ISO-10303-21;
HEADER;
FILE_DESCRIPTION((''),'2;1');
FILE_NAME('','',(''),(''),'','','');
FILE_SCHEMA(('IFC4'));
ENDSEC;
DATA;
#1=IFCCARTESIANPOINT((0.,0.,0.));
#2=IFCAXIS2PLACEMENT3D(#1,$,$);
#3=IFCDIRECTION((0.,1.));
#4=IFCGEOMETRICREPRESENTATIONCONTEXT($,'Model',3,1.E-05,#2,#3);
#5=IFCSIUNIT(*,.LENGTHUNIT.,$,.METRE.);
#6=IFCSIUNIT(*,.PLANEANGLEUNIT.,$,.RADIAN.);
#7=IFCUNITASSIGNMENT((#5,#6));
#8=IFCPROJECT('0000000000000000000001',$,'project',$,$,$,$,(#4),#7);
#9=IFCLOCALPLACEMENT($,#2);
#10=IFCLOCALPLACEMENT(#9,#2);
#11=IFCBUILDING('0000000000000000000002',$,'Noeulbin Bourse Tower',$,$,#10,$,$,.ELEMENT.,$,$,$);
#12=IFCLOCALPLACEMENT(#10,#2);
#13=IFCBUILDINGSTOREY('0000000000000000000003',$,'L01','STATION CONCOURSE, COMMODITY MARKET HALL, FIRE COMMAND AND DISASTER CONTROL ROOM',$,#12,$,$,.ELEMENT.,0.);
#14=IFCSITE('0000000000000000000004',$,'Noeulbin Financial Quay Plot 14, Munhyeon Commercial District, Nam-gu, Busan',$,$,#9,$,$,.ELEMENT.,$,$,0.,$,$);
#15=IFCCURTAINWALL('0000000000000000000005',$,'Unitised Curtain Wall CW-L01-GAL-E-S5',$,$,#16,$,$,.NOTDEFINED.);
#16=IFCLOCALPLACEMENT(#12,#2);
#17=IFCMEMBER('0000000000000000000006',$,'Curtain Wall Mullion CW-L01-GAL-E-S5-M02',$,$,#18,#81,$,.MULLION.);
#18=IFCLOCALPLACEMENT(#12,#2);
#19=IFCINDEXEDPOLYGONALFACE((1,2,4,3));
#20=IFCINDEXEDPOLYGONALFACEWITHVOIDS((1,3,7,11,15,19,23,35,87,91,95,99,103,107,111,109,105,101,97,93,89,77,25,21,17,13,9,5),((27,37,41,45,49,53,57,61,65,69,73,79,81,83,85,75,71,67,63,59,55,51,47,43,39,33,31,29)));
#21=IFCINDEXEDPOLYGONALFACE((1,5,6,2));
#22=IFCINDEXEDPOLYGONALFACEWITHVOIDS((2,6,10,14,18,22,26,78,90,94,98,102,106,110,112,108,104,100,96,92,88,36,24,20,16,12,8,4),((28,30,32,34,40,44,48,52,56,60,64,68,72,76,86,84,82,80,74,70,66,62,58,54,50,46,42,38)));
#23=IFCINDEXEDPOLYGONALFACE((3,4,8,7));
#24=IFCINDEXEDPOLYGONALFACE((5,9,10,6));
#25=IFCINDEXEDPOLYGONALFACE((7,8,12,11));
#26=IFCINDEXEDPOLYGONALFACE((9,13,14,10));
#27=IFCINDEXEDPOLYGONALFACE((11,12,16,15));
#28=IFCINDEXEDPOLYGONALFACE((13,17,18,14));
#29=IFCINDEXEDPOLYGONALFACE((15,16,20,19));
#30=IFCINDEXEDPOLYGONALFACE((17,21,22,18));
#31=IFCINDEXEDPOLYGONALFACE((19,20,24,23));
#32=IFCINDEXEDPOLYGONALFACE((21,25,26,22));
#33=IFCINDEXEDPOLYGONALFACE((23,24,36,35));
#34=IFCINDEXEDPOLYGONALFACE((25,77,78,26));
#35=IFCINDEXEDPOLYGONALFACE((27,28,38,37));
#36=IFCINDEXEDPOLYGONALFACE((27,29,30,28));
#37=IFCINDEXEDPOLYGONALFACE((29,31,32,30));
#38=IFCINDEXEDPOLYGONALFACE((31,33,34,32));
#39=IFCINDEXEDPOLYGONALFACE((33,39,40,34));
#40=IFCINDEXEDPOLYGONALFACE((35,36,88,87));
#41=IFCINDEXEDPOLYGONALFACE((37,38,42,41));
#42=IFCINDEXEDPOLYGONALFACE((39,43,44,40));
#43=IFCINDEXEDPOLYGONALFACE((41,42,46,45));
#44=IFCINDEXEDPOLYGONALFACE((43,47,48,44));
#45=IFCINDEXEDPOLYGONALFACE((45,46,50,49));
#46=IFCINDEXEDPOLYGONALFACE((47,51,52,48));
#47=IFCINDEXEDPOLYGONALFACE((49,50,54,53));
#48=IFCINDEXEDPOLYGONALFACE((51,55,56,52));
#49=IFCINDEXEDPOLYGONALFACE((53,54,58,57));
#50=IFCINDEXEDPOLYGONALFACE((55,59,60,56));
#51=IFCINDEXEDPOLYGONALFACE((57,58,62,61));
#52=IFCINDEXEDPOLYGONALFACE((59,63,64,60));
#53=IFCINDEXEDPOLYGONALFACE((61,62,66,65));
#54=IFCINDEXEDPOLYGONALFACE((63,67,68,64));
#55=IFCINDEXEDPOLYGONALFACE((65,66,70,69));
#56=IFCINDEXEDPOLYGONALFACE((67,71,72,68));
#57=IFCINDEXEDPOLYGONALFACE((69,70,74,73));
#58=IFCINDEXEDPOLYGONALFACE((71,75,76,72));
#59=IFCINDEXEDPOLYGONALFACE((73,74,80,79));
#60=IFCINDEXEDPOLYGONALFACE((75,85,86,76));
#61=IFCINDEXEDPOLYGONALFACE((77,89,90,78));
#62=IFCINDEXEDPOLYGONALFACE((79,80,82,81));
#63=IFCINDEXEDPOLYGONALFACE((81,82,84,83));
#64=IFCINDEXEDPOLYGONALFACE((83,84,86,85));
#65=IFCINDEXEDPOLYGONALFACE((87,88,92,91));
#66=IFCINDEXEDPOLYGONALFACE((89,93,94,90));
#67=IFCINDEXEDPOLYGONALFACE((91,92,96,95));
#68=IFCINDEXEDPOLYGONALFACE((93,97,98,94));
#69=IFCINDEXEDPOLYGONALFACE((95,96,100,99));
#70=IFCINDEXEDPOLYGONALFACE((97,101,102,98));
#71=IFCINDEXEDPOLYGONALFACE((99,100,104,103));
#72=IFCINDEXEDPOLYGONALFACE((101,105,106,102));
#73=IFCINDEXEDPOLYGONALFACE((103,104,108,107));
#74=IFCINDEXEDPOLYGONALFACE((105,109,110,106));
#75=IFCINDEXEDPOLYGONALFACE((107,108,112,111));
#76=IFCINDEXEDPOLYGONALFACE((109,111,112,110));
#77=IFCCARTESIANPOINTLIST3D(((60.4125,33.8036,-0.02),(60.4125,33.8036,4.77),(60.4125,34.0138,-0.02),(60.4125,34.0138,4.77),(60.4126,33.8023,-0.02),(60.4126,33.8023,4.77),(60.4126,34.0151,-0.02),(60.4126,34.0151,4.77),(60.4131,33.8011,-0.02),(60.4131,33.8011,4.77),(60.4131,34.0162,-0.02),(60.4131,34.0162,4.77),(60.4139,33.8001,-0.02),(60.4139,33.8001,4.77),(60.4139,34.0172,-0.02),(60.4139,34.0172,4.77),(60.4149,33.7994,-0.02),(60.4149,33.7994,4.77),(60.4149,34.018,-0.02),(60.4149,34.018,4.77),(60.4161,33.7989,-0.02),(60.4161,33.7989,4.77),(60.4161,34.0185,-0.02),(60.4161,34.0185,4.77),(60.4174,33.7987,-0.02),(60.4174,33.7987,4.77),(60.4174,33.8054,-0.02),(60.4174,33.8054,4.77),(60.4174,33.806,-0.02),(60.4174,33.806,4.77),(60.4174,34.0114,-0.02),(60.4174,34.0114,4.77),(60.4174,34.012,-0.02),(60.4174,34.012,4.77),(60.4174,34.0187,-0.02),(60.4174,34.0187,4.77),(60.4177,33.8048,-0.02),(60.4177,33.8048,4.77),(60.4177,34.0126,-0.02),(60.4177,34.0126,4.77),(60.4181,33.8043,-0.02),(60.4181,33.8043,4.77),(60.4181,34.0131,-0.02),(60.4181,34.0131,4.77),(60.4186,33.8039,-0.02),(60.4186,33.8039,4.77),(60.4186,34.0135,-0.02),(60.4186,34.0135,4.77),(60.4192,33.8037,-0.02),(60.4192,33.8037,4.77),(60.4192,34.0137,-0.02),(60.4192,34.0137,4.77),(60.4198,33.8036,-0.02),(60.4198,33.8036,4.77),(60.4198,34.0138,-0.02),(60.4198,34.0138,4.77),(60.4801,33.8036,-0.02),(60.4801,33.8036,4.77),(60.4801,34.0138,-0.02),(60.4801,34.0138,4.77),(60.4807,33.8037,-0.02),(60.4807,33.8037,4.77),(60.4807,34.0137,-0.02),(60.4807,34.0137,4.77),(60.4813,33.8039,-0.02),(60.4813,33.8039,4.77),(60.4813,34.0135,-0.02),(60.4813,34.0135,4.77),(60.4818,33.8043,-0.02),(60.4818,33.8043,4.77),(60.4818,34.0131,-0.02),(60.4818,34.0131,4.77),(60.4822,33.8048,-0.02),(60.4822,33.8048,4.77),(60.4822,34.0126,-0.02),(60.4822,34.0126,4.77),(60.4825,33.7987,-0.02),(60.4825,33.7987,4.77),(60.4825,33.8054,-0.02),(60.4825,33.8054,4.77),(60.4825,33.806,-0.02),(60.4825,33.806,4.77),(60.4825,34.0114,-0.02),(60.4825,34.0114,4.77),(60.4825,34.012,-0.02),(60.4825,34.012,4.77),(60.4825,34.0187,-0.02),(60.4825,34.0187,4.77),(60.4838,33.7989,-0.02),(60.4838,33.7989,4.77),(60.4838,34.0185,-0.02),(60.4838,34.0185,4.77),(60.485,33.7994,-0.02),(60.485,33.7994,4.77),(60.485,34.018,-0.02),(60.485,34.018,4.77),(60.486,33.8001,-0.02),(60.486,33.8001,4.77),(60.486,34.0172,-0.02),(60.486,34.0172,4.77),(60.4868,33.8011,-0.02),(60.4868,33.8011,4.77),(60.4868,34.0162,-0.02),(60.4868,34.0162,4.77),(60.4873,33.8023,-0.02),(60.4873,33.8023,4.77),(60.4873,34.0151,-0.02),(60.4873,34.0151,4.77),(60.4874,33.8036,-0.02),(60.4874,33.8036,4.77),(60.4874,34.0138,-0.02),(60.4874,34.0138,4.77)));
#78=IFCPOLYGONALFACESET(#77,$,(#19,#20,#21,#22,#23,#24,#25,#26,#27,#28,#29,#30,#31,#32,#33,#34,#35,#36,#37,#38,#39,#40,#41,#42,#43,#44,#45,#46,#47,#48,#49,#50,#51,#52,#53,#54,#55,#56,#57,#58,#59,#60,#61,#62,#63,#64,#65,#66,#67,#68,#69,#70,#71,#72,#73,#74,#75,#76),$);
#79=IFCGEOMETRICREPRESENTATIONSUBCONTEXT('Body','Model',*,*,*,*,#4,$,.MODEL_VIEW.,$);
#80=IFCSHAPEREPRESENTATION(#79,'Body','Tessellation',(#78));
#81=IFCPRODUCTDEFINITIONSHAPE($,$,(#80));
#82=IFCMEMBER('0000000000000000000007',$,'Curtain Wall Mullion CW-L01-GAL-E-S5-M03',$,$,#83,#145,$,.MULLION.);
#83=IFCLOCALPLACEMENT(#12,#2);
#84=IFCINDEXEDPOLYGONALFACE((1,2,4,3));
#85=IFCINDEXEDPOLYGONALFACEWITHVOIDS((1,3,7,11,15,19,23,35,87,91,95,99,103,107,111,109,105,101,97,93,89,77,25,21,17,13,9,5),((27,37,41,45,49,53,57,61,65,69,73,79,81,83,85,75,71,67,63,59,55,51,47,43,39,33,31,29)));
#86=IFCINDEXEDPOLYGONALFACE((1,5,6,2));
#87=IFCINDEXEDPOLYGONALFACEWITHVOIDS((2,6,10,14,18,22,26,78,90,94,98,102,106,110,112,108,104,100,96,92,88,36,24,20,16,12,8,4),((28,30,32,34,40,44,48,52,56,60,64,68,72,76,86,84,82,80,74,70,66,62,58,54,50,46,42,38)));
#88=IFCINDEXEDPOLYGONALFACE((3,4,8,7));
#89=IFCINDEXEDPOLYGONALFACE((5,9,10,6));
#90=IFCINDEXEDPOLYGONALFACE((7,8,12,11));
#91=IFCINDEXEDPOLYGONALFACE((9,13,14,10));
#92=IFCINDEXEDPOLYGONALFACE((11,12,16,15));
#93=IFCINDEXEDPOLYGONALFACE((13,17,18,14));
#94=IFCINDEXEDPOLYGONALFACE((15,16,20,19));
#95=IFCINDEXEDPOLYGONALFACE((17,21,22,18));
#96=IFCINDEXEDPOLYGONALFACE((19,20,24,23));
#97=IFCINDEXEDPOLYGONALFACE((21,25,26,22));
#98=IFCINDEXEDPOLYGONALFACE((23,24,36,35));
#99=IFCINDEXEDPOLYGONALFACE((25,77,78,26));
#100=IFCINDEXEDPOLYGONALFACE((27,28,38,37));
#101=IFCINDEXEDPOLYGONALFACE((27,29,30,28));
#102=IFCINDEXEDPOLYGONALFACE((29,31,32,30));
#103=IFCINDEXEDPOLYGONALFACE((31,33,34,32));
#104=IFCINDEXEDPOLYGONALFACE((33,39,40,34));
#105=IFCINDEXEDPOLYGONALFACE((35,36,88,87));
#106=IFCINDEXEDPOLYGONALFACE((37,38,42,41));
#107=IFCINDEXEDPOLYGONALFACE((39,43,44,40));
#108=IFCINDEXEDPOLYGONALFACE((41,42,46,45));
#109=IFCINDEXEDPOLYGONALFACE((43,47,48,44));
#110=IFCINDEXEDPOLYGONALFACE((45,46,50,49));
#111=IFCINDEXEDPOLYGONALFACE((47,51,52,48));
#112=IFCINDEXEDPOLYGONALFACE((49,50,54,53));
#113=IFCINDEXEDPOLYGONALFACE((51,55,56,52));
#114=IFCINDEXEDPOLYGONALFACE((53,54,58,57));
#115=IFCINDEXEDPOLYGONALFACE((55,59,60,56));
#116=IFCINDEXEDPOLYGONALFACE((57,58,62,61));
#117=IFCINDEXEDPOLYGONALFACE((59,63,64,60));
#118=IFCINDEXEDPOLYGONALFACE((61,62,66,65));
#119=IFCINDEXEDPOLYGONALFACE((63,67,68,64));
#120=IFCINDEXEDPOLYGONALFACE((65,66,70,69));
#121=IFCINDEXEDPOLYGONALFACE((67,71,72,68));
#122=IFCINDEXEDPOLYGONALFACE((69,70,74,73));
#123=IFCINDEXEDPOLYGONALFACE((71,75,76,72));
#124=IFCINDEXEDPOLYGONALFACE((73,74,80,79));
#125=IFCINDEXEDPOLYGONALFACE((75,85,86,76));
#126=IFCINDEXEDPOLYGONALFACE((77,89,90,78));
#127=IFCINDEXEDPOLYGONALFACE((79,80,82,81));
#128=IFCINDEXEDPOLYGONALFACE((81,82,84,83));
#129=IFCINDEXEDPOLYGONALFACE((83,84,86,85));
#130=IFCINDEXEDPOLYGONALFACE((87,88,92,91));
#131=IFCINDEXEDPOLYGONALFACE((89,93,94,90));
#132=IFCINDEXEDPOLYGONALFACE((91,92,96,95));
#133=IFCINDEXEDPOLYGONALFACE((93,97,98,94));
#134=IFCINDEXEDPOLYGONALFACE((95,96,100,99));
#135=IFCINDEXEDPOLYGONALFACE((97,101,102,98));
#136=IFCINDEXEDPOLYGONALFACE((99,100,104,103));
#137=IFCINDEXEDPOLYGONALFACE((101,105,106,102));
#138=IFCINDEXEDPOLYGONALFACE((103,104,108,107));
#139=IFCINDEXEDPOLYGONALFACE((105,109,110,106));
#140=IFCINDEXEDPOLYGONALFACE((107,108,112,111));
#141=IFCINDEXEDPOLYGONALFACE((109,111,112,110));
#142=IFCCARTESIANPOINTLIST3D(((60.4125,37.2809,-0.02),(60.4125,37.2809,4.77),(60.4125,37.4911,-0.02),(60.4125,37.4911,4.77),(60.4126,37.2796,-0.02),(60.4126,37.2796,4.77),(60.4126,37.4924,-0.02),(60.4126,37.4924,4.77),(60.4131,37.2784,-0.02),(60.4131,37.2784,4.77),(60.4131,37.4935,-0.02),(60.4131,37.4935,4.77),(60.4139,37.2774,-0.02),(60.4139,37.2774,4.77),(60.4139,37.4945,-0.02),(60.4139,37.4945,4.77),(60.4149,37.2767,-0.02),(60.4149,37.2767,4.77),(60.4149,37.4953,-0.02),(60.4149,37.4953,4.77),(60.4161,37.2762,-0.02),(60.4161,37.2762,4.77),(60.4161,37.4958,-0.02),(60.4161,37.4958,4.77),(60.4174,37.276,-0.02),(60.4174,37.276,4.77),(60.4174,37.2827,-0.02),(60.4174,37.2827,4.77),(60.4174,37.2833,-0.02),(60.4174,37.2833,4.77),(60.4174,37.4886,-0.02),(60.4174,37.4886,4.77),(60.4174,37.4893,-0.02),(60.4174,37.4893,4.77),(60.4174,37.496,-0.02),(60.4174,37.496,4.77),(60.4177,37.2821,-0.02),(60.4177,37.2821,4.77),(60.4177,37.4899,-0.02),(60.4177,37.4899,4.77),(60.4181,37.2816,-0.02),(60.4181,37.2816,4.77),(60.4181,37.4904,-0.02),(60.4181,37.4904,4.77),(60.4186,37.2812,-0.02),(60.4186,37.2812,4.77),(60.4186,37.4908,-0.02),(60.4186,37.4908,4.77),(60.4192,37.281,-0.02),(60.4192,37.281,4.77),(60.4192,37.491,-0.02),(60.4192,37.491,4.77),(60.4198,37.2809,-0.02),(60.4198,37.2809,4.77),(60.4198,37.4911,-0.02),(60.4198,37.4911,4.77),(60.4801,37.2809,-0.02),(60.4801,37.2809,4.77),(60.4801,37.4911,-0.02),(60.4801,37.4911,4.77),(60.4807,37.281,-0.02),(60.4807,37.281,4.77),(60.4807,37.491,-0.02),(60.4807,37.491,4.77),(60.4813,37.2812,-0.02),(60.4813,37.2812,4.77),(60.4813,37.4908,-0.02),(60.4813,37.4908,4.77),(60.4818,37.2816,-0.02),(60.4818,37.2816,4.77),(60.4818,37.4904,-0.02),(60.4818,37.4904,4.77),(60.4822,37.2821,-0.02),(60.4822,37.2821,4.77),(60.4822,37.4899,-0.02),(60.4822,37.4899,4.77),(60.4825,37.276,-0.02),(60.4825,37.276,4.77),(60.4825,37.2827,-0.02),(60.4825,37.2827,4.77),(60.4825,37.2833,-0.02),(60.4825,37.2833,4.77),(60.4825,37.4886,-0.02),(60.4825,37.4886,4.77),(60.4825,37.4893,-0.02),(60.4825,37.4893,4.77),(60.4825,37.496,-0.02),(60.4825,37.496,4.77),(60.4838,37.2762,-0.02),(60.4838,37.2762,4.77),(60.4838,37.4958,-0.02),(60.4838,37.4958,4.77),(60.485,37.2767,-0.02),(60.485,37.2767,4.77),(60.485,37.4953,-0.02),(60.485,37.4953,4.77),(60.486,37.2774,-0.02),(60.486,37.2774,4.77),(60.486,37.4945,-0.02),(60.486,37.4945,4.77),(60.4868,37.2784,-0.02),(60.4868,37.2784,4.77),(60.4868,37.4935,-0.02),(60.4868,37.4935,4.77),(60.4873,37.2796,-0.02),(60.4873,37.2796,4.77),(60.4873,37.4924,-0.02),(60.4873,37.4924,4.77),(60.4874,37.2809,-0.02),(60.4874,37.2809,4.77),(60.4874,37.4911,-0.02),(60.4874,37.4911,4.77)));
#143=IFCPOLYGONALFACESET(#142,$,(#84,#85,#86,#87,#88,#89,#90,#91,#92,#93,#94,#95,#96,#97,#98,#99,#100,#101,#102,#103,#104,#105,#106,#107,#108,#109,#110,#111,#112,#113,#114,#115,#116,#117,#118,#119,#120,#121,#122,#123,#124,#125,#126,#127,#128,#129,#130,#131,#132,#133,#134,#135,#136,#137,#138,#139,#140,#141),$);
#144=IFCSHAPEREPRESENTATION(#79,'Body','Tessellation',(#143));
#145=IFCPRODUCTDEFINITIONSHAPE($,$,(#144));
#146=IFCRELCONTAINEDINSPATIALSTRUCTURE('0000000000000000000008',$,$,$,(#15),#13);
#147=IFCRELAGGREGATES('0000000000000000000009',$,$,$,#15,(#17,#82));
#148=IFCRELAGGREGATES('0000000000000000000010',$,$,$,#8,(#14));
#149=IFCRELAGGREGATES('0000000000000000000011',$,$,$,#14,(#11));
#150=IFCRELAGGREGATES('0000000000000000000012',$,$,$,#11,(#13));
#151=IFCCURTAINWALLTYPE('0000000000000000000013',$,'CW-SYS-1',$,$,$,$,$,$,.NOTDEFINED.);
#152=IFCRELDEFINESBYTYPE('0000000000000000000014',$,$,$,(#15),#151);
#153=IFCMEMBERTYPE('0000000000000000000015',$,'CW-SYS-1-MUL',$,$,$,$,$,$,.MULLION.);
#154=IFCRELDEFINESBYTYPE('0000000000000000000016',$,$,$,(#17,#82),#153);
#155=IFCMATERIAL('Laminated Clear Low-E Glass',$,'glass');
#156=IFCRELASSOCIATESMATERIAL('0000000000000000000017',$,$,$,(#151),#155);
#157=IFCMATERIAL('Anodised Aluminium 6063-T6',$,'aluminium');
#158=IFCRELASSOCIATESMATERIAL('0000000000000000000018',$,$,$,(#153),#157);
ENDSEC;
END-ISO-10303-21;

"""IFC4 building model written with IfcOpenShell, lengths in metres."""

from ifc_helpers import new_model, si_unit, direction, frame, origin, origin_2d, place, context, subcontext, project, spatial, hollow_rectangle, extrude, material, material_profile, profile_set, type_object, element, aggregate, save


model = new_model("IFC4")

# Units and contexts
model_context = context("Model", 3, precision=1e-05, world=origin(), true_north=direction((0.0, 1.0)))
body_context = subcontext(model_context, "Body", "Model", "MODEL_VIEW")
ifc_project = project(units=[si_unit("LENGTHUNIT", "METRE"), si_unit("PLANEANGLEUNIT", "RADIAN")], contexts=[model_context])

# Site, building, storey
site_placement = place(None, origin())
site = spatial("IfcSite", under=ifc_project, at=site_placement, Name="Noeulbin Financial Quay Plot 14, Munhyeon Commercial District, Nam-gu, Busan", CompositionType="ELEMENT", RefElevation=0.0)
building_placement = place(site_placement, origin())
building = spatial("IfcBuilding", under=site, at=building_placement, Name="Noeulbin Bourse Tower", CompositionType="ELEMENT")
storey_placement = place(building_placement, origin())
storey = spatial("IfcBuildingStorey", under=building, at=storey_placement, Name="L01", Description="STATION CONCOURSE, COMMODITY MARKET HALL, FIRE COMMAND AND DISASTER CONTROL ROOM", CompositionType="ELEMENT", Elevation=0.0)

# Curtain wall, members
ifc_material_1 = material(Name="Laminated Clear Low-E Glass", Category="glass")
curtain_wall_type = type_object("IfcCurtainWallType", Name="CW-SYS-1", PredefinedType="NOTDEFINED", material=ifc_material_1)
ifc_material_2 = material(Name="Anodised Aluminium 6063-T6", Category="aluminium")
ifc_material_profile_1 = material_profile(ifc_material_2, hollow_rectangle(XDim=0.075, YDim=0.22, WallThickness=0.0049, InnerFilletRadius=0.0024, OuterFilletRadius=0.0049, at=origin_2d()), Name="ALU-MULL-75x220x5", Category="LoadBearing")
ifc_profile_set_1 = profile_set([ifc_material_profile_1], Name="Anodised Aluminium 6063-T6")
member_type_1 = type_object("IfcMemberType", Name="CW-SYS-1-MUL", PredefinedType="MULLION", material=ifc_profile_set_1)
curtain_wall_1_placement = place(storey_placement, origin())
curtain_wall_1 = element("IfcCurtainWall", 1, at=curtain_wall_1_placement, inside=storey, type_object=curtain_wall_type, Name="Unitised Curtain Wall CW-L01-GAL-E-S5", PredefinedType="NOTDEFINED")
member_1_placement = place(storey_placement, frame((60.45, 33.9087, -0.02), z_axis=(0.0, 0.0, 1.0), x_axis=(1.0, 0.0, 0.0)))
member_1 = element("IfcMember", 2, at=member_1_placement, type_object=member_type_1, Name="Curtain Wall Mullion CW-L01-GAL-E-S5-M02", PredefinedType="MULLION", context=body_context, shape_type="SweptSolid", body=[
    extrude(hollow_rectangle(XDim=0.075, YDim=0.22, WallThickness=0.0049, InnerFilletRadius=0.0024, OuterFilletRadius=0.0049, at=origin_2d()), origin(), (0.0, 0.0, 1.0), 4.79),
])
member_2_placement = place(storey_placement, frame((60.45, 37.386, -0.02), z_axis=(0.0, 0.0, 1.0), x_axis=(1.0, 0.0, 0.0)))
member_2 = element("IfcMember", 3, at=member_2_placement, type_object=member_type_1, Name="Curtain Wall Mullion CW-L01-GAL-E-S5-M03", PredefinedType="MULLION", context=body_context, shape_type="SweptSolid", body=[
    extrude(hollow_rectangle(XDim=0.075, YDim=0.22, WallThickness=0.0049, InnerFilletRadius=0.0024, OuterFilletRadius=0.0049, at=origin_2d()), origin(), (0.0, 0.0, 1.0), 4.79),
])

aggregate(curtain_wall_1, [member_1, member_2])

save(model, "model.ifc")
